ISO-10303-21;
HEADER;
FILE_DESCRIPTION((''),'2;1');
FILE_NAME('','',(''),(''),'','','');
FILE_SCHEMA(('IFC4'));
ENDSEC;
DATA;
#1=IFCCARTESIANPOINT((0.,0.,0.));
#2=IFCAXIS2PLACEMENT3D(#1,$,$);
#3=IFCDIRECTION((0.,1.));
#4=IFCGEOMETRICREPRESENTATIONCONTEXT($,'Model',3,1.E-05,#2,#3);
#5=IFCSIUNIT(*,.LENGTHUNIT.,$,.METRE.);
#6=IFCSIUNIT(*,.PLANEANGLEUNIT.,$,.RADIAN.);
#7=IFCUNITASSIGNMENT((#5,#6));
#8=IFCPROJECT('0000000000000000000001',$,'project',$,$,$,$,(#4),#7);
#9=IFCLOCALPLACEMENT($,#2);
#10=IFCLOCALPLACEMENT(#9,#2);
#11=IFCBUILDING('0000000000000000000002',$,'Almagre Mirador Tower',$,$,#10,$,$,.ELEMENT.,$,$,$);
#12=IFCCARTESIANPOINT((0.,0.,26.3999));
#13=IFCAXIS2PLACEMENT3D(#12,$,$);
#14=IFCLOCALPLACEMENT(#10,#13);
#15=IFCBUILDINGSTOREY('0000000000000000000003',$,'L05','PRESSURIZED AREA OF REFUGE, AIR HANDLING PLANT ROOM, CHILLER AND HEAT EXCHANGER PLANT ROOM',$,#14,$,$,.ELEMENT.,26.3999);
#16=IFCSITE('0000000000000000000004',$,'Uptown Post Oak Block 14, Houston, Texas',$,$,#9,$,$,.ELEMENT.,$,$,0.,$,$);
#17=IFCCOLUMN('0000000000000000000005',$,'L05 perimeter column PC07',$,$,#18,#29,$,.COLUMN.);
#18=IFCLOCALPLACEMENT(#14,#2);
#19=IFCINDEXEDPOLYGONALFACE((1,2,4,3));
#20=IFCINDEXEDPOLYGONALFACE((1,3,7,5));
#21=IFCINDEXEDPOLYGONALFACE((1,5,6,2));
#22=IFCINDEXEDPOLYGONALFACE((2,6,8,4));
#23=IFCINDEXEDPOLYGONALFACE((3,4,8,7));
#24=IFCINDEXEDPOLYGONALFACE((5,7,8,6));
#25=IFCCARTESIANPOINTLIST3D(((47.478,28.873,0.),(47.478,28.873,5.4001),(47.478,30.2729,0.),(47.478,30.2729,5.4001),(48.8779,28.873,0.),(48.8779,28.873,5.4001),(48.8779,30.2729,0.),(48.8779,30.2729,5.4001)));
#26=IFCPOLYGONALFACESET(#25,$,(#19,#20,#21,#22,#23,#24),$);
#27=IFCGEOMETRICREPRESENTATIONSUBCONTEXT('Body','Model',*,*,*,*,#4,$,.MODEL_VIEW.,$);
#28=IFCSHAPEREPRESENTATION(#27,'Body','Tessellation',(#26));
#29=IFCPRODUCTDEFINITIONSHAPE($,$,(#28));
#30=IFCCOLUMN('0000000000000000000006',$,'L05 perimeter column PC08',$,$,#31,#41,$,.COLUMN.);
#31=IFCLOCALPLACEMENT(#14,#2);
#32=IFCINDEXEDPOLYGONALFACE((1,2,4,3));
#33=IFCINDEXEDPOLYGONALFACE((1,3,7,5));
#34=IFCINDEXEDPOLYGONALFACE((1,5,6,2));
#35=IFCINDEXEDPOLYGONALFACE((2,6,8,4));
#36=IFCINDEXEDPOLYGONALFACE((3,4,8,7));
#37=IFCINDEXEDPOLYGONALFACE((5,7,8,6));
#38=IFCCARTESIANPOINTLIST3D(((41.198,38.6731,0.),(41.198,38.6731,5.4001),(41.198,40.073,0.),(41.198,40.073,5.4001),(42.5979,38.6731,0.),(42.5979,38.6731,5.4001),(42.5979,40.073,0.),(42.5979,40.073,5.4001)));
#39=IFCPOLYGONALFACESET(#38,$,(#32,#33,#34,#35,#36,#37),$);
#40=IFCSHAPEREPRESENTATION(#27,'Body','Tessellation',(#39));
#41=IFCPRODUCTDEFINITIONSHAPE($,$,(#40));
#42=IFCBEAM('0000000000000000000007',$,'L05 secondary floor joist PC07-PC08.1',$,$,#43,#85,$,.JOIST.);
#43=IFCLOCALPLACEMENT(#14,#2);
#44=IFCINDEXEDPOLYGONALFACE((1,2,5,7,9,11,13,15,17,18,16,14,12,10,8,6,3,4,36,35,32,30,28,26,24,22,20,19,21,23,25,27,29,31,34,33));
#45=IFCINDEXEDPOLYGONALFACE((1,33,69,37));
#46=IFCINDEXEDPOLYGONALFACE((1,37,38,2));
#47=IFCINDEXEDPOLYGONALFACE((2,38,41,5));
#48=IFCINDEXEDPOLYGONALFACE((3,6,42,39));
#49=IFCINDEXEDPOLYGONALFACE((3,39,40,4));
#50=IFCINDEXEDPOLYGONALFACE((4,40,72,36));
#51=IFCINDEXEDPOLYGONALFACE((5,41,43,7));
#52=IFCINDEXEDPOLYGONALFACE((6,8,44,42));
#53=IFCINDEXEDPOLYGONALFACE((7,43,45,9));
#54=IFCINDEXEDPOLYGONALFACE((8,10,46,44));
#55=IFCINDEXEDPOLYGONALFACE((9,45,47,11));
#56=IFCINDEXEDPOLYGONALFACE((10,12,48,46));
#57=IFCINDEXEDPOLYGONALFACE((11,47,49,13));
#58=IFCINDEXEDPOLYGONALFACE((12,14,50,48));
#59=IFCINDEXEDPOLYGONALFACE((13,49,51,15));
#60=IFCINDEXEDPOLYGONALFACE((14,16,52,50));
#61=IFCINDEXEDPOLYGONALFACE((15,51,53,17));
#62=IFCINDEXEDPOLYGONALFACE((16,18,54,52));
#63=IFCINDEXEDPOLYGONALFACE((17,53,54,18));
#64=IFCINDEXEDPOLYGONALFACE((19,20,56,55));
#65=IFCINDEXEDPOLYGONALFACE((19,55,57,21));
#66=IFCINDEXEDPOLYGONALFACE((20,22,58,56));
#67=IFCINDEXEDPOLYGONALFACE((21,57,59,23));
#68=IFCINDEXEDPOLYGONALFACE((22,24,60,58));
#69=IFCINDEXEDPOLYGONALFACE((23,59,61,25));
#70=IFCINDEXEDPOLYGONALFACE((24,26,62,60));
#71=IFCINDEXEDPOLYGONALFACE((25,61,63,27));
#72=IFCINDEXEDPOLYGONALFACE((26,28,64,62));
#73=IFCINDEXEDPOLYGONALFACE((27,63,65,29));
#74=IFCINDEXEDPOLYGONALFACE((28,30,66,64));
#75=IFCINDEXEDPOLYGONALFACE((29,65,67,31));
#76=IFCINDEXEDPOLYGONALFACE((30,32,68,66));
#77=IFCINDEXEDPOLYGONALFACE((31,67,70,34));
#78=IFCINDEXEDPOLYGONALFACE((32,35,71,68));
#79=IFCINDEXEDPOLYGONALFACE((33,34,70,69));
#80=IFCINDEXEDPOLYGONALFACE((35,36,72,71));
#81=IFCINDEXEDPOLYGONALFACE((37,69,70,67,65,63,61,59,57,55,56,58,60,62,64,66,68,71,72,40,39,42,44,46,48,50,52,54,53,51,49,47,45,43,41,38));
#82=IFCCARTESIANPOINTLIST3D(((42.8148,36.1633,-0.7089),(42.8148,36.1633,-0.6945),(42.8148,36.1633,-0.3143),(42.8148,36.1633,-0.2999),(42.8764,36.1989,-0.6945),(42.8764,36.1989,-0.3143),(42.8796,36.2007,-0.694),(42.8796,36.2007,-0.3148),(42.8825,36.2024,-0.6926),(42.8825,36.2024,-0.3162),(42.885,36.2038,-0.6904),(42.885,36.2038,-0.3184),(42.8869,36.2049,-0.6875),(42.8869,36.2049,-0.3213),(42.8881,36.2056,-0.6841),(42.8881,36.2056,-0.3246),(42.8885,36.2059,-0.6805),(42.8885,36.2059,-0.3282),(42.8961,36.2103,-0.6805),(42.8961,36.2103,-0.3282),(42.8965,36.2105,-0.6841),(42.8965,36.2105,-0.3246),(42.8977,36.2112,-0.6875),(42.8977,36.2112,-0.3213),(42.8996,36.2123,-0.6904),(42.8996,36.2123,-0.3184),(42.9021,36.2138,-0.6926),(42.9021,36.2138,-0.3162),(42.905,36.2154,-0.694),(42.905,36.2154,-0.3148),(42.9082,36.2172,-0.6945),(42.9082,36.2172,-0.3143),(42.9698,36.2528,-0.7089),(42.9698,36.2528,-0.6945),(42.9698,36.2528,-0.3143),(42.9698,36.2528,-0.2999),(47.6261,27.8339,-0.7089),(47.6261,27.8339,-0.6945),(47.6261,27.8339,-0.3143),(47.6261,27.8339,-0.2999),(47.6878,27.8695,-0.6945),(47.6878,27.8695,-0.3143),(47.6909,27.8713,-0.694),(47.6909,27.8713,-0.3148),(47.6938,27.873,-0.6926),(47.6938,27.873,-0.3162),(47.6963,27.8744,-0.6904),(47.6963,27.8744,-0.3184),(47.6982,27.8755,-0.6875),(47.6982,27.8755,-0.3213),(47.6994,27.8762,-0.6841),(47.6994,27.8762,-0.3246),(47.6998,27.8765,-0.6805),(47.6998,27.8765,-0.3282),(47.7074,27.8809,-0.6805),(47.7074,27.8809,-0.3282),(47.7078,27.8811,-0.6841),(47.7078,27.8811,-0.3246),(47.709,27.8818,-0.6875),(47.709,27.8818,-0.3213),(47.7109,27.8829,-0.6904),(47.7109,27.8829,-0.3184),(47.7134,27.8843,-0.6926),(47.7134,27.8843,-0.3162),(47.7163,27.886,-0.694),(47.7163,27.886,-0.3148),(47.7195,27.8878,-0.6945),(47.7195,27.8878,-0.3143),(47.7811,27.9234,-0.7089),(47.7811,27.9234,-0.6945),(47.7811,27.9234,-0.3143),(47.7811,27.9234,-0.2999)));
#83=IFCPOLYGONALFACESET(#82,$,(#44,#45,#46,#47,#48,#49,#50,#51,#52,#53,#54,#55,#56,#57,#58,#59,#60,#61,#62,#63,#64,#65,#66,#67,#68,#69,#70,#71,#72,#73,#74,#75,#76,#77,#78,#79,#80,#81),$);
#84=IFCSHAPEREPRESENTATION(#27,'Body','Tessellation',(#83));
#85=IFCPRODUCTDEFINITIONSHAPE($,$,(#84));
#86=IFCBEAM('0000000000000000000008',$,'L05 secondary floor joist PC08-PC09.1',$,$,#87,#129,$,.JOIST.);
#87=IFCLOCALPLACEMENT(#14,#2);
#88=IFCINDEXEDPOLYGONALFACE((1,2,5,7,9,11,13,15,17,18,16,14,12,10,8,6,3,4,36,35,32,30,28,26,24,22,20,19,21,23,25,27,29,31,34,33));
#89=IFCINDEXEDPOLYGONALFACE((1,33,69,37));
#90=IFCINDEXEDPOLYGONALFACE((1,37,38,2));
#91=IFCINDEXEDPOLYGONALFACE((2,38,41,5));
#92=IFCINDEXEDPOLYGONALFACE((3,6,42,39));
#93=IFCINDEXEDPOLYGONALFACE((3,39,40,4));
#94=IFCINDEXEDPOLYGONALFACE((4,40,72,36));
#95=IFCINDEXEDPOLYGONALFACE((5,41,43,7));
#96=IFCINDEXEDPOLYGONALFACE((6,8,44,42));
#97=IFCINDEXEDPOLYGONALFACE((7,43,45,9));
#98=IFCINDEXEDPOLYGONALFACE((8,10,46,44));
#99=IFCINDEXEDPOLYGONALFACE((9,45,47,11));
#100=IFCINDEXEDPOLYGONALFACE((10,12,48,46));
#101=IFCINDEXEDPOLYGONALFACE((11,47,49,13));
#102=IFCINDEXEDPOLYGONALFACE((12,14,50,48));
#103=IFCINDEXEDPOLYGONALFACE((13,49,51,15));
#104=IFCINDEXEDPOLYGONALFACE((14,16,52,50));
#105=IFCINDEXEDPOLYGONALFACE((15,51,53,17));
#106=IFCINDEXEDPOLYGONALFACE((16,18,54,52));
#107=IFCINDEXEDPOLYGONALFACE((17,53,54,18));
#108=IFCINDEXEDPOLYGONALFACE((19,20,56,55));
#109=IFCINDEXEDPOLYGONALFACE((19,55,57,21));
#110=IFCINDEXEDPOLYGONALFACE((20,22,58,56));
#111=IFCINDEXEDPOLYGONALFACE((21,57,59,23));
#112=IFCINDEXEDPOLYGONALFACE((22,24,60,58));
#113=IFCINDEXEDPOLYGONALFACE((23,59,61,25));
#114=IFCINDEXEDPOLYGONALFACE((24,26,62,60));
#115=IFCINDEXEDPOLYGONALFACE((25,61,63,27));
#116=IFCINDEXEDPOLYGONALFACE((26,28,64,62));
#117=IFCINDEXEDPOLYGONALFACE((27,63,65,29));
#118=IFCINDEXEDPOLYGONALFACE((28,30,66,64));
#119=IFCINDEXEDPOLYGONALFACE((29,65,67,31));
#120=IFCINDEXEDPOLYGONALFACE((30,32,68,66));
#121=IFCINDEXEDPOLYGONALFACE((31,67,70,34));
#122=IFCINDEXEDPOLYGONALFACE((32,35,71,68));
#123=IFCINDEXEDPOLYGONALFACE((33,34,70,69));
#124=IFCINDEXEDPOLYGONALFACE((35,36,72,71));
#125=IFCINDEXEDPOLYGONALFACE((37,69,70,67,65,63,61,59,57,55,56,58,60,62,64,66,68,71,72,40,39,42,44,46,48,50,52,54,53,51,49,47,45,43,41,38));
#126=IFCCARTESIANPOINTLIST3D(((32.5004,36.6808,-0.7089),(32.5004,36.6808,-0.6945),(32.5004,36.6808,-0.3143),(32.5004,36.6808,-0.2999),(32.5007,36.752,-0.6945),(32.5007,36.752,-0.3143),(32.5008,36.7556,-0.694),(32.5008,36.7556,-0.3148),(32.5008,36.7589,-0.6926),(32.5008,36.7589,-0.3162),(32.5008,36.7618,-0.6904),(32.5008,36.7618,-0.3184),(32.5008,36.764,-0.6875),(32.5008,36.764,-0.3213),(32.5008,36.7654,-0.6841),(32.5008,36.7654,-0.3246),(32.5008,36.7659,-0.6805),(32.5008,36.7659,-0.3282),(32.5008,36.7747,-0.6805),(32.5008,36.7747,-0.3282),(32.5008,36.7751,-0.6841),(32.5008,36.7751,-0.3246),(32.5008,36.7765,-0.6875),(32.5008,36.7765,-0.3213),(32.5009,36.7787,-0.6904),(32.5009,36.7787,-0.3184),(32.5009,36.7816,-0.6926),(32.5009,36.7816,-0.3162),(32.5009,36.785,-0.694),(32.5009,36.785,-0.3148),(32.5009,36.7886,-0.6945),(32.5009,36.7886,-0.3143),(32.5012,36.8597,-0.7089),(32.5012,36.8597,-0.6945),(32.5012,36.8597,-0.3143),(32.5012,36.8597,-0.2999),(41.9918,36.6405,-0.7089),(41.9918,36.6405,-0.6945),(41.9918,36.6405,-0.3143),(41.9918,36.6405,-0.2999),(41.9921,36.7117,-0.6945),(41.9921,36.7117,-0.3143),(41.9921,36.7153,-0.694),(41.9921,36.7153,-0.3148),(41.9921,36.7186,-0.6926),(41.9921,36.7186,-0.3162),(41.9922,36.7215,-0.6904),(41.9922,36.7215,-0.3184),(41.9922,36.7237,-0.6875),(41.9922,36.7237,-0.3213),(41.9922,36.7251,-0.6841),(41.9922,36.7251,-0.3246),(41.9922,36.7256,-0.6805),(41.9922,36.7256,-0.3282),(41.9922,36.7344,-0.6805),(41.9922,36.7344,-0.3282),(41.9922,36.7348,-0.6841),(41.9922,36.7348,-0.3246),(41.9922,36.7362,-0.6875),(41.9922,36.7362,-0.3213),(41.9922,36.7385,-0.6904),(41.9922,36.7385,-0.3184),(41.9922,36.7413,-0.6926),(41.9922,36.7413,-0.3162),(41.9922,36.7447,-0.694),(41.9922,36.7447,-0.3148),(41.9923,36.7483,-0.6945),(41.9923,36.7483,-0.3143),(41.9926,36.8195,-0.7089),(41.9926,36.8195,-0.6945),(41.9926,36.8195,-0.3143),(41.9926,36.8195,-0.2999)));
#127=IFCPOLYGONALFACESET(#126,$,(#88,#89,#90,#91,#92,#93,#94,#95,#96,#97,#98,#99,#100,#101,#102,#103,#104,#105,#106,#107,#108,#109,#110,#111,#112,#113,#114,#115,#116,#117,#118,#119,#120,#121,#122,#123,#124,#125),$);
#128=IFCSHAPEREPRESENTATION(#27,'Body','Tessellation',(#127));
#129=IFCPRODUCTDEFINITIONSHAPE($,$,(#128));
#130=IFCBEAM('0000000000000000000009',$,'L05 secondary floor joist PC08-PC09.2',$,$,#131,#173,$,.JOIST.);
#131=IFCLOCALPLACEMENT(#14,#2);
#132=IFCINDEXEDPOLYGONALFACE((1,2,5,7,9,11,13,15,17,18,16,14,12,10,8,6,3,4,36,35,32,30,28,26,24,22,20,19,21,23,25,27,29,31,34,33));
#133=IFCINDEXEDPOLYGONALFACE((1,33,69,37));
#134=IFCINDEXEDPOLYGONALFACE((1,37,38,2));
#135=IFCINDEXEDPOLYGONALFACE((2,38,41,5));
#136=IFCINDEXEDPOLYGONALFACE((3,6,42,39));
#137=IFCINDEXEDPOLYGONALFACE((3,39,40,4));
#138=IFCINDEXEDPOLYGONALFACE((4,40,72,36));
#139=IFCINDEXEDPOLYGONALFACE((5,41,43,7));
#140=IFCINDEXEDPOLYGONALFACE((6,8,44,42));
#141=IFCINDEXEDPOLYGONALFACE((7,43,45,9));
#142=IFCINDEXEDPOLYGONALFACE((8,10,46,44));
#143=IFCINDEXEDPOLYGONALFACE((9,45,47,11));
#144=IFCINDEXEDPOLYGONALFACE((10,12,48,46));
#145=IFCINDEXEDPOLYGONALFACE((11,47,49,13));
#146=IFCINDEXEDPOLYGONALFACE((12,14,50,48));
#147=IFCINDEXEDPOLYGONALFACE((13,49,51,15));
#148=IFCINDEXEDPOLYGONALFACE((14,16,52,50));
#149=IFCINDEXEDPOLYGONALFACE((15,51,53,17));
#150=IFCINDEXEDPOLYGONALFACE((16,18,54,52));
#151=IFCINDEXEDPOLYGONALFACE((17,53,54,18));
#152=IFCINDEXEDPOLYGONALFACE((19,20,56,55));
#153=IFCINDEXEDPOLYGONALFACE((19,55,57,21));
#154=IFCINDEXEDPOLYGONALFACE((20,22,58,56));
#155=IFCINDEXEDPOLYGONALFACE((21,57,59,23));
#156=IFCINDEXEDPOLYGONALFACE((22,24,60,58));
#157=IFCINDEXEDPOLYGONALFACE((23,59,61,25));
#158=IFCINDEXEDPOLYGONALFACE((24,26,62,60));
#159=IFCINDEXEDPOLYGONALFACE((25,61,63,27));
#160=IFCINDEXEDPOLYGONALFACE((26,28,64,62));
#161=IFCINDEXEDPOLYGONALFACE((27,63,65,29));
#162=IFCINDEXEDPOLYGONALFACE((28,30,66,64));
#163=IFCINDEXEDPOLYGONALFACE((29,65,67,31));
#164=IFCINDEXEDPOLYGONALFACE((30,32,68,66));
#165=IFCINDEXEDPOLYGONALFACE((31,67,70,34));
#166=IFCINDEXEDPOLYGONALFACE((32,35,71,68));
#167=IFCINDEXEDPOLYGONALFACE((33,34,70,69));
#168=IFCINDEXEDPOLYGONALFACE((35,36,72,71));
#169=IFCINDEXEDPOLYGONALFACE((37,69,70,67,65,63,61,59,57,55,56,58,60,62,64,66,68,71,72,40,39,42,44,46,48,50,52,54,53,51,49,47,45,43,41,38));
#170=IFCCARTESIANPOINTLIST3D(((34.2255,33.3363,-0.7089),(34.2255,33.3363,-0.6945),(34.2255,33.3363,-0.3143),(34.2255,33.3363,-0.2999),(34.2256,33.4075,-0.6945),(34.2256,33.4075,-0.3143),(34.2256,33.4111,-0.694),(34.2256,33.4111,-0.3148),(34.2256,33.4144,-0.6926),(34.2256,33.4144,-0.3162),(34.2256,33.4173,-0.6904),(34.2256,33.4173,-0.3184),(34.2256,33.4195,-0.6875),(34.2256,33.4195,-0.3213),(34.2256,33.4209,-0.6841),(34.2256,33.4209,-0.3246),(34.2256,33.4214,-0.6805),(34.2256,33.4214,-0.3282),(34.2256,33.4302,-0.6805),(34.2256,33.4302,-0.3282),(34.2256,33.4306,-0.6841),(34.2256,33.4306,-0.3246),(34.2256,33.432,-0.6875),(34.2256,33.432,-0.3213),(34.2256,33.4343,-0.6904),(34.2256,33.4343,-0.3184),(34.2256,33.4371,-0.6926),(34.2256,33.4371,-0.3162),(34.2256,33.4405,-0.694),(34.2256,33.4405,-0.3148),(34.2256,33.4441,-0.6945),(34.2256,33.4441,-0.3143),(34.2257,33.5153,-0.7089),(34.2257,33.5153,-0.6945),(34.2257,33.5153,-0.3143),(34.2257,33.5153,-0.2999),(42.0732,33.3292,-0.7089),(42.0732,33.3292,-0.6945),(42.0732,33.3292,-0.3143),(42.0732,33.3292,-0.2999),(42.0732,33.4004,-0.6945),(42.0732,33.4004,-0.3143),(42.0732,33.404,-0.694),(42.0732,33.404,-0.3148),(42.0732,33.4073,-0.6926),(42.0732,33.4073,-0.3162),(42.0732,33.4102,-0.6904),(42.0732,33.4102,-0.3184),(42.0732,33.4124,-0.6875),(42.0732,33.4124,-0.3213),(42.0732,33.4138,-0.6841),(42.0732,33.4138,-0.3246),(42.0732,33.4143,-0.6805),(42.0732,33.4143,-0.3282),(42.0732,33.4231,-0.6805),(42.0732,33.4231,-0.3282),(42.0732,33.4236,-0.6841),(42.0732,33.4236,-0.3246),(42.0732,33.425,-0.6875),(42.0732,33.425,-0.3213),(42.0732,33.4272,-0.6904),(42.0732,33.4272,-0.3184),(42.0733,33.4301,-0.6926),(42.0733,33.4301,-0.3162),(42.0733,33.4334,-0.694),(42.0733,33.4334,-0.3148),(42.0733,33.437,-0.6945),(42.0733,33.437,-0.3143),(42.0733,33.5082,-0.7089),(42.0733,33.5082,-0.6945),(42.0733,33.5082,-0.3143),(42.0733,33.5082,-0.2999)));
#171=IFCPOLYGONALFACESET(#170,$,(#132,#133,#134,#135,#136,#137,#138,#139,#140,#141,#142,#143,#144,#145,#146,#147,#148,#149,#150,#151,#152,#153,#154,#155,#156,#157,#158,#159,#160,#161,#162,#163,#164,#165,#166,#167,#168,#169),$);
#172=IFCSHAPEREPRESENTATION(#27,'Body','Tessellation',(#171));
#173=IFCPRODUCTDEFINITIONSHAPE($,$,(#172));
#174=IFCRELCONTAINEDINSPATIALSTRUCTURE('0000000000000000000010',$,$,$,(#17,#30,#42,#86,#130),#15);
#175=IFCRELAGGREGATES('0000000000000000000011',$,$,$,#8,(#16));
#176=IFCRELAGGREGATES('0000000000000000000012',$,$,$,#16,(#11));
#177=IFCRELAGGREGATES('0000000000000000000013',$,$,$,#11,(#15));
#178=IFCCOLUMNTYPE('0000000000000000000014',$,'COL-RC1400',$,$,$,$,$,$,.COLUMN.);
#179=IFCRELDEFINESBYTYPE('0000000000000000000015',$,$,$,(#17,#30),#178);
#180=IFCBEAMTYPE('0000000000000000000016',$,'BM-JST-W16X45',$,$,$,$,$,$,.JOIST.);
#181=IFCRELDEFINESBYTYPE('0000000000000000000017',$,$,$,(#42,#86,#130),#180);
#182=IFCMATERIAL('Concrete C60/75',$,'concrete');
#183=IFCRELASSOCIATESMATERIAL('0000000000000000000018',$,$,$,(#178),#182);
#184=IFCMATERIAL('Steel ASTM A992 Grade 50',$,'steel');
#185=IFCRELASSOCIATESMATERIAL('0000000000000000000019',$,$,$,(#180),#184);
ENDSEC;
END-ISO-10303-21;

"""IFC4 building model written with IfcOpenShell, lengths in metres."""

from ifc_helpers import new_model, si_unit, direction, frame, origin, origin_2d, place, context, subcontext, project, spatial, rectangle, i_section, extrude, material, material_profile, profile_set, type_object, element, save


model = new_model("IFC4")

# Units and contexts
model_context = context("Model", 3, precision=1e-05, world=origin(), true_north=direction((0.0, 1.0)))
body_context = subcontext(model_context, "Body", "Model", "MODEL_VIEW")
ifc_project = project(units=[si_unit("LENGTHUNIT", "METRE"), si_unit("PLANEANGLEUNIT", "RADIAN")], contexts=[model_context])

# Site, building, storey
site_placement = place(None, origin())
site = spatial("IfcSite", under=ifc_project, at=site_placement, Name="Uptown Post Oak Block 14, Houston, Texas", CompositionType="ELEMENT", RefElevation=0.0)
building_placement = place(site_placement, origin())
building = spatial("IfcBuilding", under=site, at=building_placement, Name="Almagre Mirador Tower", CompositionType="ELEMENT")
storey_placement = place(building_placement, frame((0.0, 0.0, 26.3999)))
storey = spatial("IfcBuildingStorey", under=building, at=storey_placement, Name="L05", Description="PRESSURIZED AREA OF REFUGE, AIR HANDLING PLANT ROOM, CHILLER AND HEAT EXCHANGER PLANT ROOM", CompositionType="ELEMENT", Elevation=26.3999)

# Columns
ifc_material_1 = material(Name="Concrete C60/75", Category="concrete")
ifc_material_profile_1 = material_profile(ifc_material_1, rectangle(XDim=1.3999, YDim=1.3999, at=origin_2d()), Name="RC1400X1400")
ifc_profile_set_1 = profile_set([ifc_material_profile_1], Name="Concrete C60/75")
column_type = type_object("IfcColumnType", Name="COL-RC1400", PredefinedType="COLUMN", material=ifc_profile_set_1)
for number, where, z_axis, x_axis, name in (
    (1, (48.178, 29.573, 0.0), (0.0, 0.0, 1.0), (1.0, 0.0, 0.0), "L05 perimeter column PC07"),
    (2, (41.8979, 39.373, 0.0), (0.0, 0.0, 1.0), (1.0, 0.0, 0.0), "L05 perimeter column PC08"),
):
    element("IfcColumn", number, at=place(storey_placement, frame(where, z_axis=z_axis, x_axis=x_axis)), inside=storey, type_object=column_type, Name=name, PredefinedType="COLUMN", context=body_context, shape_type="SweptSolid", body=[
        extrude(rectangle(XDim=1.3999, YDim=1.3999, at=origin_2d()), origin(), (0.0, 0.0, 1.0), 5.4001),
    ])

# Beams
ifc_material_2 = material(Name="Steel ASTM A992 Grade 50", Category="steel")
ifc_material_profile_2 = material_profile(ifc_material_2, i_section(OverallWidth=0.179, OverallDepth=0.4089, WebThickness=0.0088, FlangeThickness=0.0144, FilletRadius=0.0139, at=origin_2d()), Name="W16X45")
ifc_profile_set_2 = profile_set([ifc_material_profile_2], Name="Steel ASTM A992 Grade 50")
beam_type_1 = type_object("IfcBeamType", Name="BM-JST-W16X45", PredefinedType="JOIST", material=ifc_profile_set_2)
beam_1_placement = place(storey_placement, frame((47.7036, 27.8787, -0.5044), z_axis=(-0.500182, 0.865921, 0.0), x_axis=(-0.865921, -0.500182, 0.0)))
element("IfcBeam", 3, at=beam_1_placement, inside=storey, type_object=beam_type_1, Name="L05 secondary floor joist PC07-PC08.1", PredefinedType="JOIST", context=body_context, shape_type="SweptSolid", body=[
    extrude(i_section(OverallWidth=0.179, OverallDepth=0.4089, WebThickness=0.0088, FlangeThickness=0.0144, FilletRadius=0.0139, at=origin_2d()), origin(), (0.0, 0.0, 1.0), 9.6191),
])
beam_2_placement = place(storey_placement, frame((41.9922, 36.73, -0.5044), z_axis=(-0.999991, 0.004244, 0.0), x_axis=(-0.004244, -0.999991, 0.0)))
element("IfcBeam", 4, at=beam_2_placement, inside=storey, type_object=beam_type_1, Name="L05 secondary floor joist PC08-PC09.1", PredefinedType="JOIST", context=body_context, shape_type="SweptSolid", body=[
    extrude(i_section(OverallWidth=0.179, OverallDepth=0.4089, WebThickness=0.0088, FlangeThickness=0.0144, FilletRadius=0.0139, at=origin_2d()), origin(), (0.0, 0.0, 1.0), 9.4915),
])
beam_3_placement = place(storey_placement, frame((42.0732, 33.4187, -0.5044), z_axis=(-1.0, 0.000902, 0.0), x_axis=(-0.000902, -1.0, 0.0)))
element("IfcBeam", 5, at=beam_3_placement, inside=storey, type_object=beam_type_1, Name="L05 secondary floor joist PC08-PC09.2", PredefinedType="JOIST", context=body_context, shape_type="SweptSolid", body=[
    extrude(i_section(OverallWidth=0.179, OverallDepth=0.4089, WebThickness=0.0088, FlangeThickness=0.0144, FilletRadius=0.0139, at=origin_2d()), origin(), (0.0, 0.0, 1.0), 7.8477),
])

save(model, "model.ifc")
